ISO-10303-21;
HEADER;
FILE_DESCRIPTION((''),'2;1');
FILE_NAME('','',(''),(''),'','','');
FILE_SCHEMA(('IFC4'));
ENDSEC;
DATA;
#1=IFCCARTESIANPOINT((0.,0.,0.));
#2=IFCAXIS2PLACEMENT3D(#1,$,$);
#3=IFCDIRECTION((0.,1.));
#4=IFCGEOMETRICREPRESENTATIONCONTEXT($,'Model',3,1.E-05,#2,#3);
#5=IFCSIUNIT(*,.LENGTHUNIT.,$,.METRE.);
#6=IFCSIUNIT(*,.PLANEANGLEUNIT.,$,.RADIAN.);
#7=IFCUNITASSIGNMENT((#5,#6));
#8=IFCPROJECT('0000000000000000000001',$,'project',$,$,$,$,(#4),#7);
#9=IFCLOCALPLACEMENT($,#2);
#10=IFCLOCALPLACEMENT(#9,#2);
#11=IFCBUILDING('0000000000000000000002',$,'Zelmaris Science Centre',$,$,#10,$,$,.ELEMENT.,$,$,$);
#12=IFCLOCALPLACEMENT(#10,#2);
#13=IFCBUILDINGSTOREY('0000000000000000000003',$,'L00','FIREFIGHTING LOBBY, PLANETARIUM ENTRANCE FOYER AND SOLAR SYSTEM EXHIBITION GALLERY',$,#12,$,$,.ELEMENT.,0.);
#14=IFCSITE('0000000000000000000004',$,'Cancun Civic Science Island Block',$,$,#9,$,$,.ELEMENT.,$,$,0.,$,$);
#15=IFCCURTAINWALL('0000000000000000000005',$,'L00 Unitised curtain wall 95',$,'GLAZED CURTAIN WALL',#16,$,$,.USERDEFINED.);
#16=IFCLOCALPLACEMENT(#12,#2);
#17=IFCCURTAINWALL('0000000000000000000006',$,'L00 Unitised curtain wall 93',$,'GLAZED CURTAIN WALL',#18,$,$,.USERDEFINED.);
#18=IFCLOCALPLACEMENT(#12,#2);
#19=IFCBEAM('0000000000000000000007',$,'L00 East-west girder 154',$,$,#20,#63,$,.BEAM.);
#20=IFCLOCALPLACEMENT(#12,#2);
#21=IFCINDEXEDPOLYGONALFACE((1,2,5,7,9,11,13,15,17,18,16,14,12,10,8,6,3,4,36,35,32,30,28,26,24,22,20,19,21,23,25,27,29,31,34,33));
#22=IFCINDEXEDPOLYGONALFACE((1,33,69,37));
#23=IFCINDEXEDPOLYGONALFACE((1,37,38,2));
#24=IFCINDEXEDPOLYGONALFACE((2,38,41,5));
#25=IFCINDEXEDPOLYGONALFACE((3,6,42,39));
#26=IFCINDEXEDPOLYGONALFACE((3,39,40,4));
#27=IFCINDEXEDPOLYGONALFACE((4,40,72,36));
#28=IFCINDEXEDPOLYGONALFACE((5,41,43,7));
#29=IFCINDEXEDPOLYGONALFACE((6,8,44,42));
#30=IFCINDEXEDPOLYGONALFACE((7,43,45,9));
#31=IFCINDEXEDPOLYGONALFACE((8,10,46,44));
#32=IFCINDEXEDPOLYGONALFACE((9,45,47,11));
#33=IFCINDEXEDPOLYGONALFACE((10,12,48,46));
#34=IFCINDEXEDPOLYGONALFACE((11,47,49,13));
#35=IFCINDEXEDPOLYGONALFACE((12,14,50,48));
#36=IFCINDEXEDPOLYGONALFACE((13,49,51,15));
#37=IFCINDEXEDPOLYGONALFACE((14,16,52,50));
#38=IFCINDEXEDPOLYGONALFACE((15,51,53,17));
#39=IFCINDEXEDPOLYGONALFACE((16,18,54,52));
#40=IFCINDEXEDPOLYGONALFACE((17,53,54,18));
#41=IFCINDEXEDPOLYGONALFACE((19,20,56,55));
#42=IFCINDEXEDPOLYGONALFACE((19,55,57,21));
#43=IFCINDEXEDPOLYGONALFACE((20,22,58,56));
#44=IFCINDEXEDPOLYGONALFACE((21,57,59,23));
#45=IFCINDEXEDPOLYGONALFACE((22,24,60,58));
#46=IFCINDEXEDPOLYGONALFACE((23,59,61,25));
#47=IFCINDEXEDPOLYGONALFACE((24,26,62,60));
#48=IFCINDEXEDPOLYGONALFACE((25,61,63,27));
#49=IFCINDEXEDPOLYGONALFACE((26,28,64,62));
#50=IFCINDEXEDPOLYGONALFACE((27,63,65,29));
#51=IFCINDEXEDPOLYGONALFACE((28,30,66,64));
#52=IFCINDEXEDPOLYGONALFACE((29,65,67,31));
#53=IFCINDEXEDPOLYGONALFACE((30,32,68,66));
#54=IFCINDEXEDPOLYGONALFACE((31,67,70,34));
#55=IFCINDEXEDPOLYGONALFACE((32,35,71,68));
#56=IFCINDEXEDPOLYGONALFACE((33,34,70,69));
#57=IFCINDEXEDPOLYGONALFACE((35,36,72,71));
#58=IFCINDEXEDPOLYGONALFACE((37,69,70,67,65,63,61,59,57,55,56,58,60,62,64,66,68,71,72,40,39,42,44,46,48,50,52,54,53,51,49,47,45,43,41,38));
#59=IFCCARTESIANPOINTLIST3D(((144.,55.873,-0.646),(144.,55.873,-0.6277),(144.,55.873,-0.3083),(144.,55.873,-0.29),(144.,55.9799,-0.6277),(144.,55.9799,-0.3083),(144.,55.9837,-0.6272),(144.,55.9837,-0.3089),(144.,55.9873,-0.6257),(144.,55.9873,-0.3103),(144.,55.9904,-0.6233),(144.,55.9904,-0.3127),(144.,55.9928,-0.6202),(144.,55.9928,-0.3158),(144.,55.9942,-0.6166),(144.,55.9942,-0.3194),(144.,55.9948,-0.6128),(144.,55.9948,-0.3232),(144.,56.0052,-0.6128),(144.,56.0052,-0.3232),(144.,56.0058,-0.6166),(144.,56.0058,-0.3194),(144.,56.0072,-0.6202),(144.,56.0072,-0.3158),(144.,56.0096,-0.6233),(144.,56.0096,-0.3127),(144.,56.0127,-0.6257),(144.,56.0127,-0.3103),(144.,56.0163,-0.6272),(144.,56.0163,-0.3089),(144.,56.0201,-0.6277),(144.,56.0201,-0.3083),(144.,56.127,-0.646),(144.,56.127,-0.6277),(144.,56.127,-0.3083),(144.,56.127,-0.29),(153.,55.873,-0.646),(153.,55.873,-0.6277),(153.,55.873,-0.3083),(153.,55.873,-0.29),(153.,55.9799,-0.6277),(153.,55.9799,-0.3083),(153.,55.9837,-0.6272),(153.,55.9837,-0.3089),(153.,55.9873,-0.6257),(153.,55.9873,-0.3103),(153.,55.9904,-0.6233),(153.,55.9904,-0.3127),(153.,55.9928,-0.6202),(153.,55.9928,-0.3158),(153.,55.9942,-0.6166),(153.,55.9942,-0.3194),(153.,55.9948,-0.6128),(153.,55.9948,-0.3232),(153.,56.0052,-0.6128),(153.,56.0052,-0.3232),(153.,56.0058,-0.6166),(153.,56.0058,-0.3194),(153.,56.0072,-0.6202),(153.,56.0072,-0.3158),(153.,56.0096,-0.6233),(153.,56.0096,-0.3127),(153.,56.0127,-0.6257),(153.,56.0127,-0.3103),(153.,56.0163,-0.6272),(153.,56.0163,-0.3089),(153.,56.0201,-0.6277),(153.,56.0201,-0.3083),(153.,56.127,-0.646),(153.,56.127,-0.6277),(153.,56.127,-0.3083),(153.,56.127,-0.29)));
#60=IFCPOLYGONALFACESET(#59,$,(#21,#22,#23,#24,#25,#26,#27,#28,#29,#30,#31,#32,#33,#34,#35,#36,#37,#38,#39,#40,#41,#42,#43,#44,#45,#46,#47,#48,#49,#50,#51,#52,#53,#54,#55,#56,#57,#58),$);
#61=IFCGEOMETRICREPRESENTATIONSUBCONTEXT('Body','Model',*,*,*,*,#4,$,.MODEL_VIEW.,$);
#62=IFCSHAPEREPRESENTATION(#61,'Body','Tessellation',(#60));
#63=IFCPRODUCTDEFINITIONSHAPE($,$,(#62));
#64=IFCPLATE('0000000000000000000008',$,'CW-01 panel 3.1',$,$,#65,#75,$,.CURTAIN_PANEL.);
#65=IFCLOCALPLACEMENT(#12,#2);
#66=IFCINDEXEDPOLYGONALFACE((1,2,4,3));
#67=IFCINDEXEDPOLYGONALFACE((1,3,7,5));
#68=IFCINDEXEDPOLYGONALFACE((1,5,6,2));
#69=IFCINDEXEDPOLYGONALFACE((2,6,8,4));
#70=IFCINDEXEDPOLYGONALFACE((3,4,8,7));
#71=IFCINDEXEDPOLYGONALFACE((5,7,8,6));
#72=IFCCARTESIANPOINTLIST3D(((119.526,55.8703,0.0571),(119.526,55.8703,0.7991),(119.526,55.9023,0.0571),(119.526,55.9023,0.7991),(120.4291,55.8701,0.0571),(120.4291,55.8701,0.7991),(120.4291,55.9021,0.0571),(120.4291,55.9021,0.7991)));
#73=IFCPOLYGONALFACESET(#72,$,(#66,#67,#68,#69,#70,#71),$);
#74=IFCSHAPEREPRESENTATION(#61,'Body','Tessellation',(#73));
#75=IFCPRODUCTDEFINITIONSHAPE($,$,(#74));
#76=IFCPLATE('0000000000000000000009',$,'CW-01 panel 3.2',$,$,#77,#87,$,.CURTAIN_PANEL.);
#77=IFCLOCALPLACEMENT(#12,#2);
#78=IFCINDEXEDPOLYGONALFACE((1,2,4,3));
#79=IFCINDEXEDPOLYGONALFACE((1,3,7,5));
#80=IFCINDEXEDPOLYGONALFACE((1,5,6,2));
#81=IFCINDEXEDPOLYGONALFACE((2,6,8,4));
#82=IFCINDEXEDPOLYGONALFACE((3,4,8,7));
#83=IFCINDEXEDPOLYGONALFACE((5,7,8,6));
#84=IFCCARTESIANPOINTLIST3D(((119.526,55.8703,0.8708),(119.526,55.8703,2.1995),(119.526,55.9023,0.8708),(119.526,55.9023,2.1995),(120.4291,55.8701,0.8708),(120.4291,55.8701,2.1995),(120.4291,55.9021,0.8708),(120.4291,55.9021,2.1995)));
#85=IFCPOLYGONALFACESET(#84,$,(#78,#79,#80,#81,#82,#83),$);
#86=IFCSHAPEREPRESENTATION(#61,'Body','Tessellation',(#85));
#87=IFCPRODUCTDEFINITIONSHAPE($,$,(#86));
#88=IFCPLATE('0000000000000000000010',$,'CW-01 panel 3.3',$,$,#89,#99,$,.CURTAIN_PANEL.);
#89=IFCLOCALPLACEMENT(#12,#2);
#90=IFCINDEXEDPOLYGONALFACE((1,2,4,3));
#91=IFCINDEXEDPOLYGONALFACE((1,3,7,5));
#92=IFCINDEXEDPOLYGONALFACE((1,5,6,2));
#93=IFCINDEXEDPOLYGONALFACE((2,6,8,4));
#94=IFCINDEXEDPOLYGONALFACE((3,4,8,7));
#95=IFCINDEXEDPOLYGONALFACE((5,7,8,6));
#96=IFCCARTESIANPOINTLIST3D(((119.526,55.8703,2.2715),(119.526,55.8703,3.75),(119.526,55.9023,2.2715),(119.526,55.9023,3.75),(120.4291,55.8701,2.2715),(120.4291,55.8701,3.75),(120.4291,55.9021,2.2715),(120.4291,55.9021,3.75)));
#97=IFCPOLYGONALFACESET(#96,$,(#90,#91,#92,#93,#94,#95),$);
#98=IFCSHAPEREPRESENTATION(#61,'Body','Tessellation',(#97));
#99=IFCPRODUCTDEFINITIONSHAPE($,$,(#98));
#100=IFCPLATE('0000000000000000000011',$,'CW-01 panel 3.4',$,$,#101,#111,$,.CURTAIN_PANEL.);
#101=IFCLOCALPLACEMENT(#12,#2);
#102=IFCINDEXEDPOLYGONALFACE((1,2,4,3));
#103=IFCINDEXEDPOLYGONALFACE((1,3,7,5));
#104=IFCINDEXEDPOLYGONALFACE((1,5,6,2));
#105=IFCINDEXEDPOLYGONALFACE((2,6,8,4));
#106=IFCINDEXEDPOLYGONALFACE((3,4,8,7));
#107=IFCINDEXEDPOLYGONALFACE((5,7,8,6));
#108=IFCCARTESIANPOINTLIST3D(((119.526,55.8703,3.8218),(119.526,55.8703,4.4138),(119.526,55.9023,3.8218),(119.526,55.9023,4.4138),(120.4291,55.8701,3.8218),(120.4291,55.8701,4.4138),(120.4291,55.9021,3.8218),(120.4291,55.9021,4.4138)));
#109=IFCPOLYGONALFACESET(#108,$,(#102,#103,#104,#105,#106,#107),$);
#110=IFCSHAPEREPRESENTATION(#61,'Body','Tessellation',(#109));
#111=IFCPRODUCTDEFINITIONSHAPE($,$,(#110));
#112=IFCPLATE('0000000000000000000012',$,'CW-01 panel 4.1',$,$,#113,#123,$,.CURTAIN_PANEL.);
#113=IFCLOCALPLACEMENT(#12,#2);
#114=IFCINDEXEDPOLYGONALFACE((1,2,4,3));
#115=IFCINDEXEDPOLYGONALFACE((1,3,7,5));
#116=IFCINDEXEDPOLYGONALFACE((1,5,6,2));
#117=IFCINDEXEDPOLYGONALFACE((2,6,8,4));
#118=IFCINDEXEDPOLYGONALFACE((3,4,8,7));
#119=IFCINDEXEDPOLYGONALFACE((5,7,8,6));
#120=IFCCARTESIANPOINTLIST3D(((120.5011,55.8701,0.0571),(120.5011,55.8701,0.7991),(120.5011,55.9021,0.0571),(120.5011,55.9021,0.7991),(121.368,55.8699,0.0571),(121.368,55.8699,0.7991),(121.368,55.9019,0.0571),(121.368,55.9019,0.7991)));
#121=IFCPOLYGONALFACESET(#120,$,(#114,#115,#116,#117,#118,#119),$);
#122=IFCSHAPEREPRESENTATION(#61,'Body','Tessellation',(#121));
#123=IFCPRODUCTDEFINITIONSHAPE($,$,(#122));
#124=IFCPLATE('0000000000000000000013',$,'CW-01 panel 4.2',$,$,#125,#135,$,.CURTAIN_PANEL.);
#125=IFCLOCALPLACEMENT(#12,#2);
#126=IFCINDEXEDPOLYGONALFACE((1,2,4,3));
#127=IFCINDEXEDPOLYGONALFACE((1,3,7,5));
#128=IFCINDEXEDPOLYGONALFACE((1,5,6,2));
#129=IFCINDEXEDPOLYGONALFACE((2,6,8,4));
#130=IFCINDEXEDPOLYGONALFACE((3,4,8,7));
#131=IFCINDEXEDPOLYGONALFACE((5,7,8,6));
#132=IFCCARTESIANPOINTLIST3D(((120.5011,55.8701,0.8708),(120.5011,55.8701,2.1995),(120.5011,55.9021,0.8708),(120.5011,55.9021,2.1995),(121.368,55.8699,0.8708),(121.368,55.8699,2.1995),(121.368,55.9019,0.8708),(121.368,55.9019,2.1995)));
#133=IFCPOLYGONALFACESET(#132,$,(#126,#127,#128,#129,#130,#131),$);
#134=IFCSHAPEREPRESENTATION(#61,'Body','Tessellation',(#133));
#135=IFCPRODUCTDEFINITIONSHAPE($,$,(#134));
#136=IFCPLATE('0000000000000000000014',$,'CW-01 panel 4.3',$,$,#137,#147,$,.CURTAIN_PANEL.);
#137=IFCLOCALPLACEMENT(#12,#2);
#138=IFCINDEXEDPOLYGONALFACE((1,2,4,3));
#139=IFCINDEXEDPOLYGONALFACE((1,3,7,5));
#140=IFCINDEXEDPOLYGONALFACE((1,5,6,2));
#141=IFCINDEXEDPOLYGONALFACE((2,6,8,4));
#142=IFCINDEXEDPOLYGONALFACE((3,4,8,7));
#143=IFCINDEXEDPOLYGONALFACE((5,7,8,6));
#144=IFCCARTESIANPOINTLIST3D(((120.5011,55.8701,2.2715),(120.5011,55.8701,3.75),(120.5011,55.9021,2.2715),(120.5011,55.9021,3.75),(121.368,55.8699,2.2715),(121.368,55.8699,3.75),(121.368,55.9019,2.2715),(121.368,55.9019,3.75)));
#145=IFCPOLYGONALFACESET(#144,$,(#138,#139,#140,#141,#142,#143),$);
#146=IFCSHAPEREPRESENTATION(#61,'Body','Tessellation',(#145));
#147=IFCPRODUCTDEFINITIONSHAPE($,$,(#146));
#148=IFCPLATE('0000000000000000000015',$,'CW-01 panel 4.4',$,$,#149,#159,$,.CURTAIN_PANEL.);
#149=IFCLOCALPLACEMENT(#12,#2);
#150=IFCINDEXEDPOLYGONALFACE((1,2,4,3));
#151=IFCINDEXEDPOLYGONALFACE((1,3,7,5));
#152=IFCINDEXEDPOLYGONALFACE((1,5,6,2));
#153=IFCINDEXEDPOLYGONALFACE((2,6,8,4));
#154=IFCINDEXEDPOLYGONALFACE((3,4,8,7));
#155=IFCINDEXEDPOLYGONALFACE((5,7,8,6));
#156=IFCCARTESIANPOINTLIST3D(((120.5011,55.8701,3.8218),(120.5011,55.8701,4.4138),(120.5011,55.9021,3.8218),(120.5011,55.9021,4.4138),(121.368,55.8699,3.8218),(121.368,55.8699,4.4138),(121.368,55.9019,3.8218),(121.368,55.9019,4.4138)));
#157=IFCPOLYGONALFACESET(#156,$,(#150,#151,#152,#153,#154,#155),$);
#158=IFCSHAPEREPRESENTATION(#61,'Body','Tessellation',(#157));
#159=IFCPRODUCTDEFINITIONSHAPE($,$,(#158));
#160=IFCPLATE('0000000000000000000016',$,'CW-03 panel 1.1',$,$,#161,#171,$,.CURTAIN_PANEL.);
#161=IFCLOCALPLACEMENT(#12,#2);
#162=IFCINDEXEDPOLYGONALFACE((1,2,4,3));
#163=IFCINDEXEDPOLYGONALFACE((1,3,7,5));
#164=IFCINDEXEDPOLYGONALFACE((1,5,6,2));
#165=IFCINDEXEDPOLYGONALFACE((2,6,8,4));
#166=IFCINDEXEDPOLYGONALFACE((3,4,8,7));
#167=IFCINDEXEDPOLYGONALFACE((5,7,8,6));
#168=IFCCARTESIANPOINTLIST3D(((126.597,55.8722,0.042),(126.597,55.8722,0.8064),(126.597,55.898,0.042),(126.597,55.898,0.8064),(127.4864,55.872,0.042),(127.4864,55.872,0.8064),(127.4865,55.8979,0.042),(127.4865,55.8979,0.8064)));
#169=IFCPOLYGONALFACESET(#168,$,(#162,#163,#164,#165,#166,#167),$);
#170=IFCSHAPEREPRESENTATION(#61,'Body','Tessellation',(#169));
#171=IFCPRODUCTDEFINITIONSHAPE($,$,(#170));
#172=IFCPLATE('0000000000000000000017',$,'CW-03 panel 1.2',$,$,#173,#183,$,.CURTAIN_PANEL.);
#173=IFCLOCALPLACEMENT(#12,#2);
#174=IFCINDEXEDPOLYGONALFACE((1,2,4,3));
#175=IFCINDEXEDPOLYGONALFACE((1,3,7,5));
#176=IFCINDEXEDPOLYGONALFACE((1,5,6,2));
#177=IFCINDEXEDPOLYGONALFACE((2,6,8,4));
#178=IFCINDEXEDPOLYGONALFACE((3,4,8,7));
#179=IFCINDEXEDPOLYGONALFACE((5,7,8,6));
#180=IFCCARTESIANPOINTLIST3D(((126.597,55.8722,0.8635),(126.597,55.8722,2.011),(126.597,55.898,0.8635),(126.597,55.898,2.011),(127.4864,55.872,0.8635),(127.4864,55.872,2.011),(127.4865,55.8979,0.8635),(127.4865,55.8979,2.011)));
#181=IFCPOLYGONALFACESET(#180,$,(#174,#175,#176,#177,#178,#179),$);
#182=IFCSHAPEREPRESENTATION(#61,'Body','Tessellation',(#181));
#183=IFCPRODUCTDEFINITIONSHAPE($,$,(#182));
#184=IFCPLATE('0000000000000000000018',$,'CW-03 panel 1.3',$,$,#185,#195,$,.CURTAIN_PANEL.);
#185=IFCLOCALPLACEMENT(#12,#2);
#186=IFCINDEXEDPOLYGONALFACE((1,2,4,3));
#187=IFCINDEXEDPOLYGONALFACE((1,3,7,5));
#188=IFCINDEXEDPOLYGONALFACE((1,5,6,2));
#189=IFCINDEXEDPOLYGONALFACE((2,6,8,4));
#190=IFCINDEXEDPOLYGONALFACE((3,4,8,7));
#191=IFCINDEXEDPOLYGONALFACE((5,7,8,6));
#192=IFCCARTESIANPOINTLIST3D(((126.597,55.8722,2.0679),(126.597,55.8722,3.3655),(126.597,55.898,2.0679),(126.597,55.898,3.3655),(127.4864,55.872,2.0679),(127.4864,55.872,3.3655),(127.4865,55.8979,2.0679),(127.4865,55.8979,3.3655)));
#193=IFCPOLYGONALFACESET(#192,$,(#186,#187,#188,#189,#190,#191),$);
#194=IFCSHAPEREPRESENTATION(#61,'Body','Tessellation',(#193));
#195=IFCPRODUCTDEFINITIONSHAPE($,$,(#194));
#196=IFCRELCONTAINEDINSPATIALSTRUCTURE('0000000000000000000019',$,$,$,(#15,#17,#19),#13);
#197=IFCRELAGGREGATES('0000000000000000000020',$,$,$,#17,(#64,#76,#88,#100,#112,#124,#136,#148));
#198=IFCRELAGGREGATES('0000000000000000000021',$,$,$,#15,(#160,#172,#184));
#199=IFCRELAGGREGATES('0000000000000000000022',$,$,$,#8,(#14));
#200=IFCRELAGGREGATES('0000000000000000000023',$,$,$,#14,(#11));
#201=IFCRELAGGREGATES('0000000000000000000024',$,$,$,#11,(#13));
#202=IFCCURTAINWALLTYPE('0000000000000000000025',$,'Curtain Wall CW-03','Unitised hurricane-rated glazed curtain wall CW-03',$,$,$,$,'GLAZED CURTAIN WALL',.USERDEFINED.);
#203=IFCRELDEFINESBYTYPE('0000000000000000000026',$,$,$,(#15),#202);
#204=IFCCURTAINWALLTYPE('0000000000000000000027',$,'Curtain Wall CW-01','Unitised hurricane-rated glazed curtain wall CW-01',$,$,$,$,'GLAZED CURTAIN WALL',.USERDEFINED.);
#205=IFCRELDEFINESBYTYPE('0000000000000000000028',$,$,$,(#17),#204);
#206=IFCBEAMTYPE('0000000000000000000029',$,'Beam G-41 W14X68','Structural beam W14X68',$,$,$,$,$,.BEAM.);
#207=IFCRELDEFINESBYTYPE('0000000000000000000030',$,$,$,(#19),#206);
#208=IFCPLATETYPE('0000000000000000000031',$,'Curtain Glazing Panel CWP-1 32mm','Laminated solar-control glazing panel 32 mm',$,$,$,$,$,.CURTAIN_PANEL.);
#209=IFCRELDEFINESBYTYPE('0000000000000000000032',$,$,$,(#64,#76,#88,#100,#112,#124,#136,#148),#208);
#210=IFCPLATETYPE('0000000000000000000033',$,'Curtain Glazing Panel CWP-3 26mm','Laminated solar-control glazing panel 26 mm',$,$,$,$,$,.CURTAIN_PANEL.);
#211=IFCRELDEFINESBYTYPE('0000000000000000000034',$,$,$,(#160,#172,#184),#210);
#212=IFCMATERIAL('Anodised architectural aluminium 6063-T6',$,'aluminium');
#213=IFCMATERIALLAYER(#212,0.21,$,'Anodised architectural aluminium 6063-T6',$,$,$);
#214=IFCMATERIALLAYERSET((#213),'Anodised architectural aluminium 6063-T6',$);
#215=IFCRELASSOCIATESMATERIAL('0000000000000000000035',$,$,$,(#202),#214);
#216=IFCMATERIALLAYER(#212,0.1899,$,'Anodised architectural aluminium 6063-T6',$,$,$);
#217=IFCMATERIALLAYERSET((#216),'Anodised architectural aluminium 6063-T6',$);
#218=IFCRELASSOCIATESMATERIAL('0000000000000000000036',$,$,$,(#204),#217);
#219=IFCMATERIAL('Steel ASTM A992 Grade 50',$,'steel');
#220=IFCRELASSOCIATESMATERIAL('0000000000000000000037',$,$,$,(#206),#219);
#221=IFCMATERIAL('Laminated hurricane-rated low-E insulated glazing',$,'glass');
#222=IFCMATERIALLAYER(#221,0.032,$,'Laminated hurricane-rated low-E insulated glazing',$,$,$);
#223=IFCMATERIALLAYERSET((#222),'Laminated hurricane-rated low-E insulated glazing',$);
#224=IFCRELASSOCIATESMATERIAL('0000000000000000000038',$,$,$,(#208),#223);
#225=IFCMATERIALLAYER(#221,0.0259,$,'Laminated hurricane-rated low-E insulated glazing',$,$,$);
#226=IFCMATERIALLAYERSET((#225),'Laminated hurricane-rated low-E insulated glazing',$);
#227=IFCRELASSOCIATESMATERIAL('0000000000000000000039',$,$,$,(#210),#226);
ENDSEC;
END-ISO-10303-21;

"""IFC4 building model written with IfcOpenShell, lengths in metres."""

from ifc_helpers import new_model, si_unit, direction, frame, origin, origin_2d, place, context, subcontext, project, spatial, rectangle, i_section, extrude, material, layer, layer_set, material_profile, profile_set, type_object, element, aggregate, save


model = new_model("IFC4")

# Units and contexts
model_context = context("Model", 3, precision=1e-05, world=origin(), true_north=direction((0.0, 1.0)))
body_context = subcontext(model_context, "Body", "Model", "MODEL_VIEW")
ifc_project = project(units=[si_unit("LENGTHUNIT", "METRE"), si_unit("PLANEANGLEUNIT", "RADIAN")], contexts=[model_context])

# Site, building, storey
site_placement = place(None, origin())
site = spatial("IfcSite", under=ifc_project, at=site_placement, Name="Cancun Civic Science Island Block", CompositionType="ELEMENT", RefElevation=0.0)
building_placement = place(site_placement, origin())
building = spatial("IfcBuilding", under=site, at=building_placement, Name="Zelmaris Science Centre", CompositionType="ELEMENT")
storey_placement = place(building_placement, origin())
storey = spatial("IfcBuildingStorey", under=building, at=storey_placement, Name="L00", Description="FIREFIGHTING LOBBY, PLANETARIUM ENTRANCE FOYER AND SOLAR SYSTEM EXHIBITION GALLERY", CompositionType="ELEMENT", Elevation=0.0)

# Shared definitions
ifc_material_1 = material(Name="Steel ASTM A992 Grade 50", Category="steel")

# Curtain wall
ifc_material_2 = material(Name="Anodised architectural aluminium 6063-T6", Category="aluminium")
ifc_layer_1 = layer(ifc_material_2, 0.21, Name="Anodised architectural aluminium 6063-T6")
ifc_layer_set_1 = layer_set([ifc_layer_1], Name="Anodised architectural aluminium 6063-T6")
curtain_wall_type_1 = type_object("IfcCurtainWallType", Name="Curtain Wall CW-03", Description="Unitised hurricane-rated glazed curtain wall CW-03", ElementType="GLAZED CURTAIN WALL", PredefinedType="USERDEFINED", material=ifc_layer_set_1)
curtain_wall_1_placement = place(storey_placement, origin())
curtain_wall_1 = element("IfcCurtainWall", 1, at=curtain_wall_1_placement, inside=storey, type_object=curtain_wall_type_1, Name="L00 Unitised curtain wall 95", ObjectType="GLAZED CURTAIN WALL", PredefinedType="USERDEFINED")

# Curtain wall
ifc_layer_2 = layer(ifc_material_2, 0.1899, Name="Anodised architectural aluminium 6063-T6")
ifc_layer_set_2 = layer_set([ifc_layer_2], Name="Anodised architectural aluminium 6063-T6")
curtain_wall_type_2 = type_object("IfcCurtainWallType", Name="Curtain Wall CW-01", Description="Unitised hurricane-rated glazed curtain wall CW-01", ElementType="GLAZED CURTAIN WALL", PredefinedType="USERDEFINED", material=ifc_layer_set_2)
curtain_wall_2_placement = place(storey_placement, origin())
curtain_wall_2 = element("IfcCurtainWall", 2, at=curtain_wall_2_placement, inside=storey, type_object=curtain_wall_type_2, Name="L00 Unitised curtain wall 93", ObjectType="GLAZED CURTAIN WALL", PredefinedType="USERDEFINED")

# Beam
ifc_material_profile_1 = material_profile(ifc_material_1, i_section(OverallWidth=0.2539, OverallDepth=0.356, WebThickness=0.0105, FlangeThickness=0.0183, FilletRadius=0.0149, at=origin_2d()), Name="W14X68")
ifc_profile_set_1 = profile_set([ifc_material_profile_1], Name="Steel ASTM A992 Grade 50")
beam_type_1 = type_object("IfcBeamType", Name="Beam G-41 W14X68", Description="Structural beam W14X68", PredefinedType="BEAM", material=ifc_profile_set_1)
beam_1_placement = place(storey_placement, frame((144.0, 56.0, -0.468), z_axis=(1.0, 0.0, 0.0), x_axis=(0.0, 1.0, 0.0)))
element("IfcBeam", 3, at=beam_1_placement, inside=storey, type_object=beam_type_1, Name="L00 East-west girder 154", PredefinedType="BEAM", context=body_context, shape_type="SweptSolid", body=[
    extrude(i_section(OverallWidth=0.2539, OverallDepth=0.356, WebThickness=0.0105, FlangeThickness=0.0183, FilletRadius=0.0149, at=origin_2d()), origin(), (0.0, 0.0, 1.0), 9.0),
])

# Plates
ifc_material_3 = material(Name="Laminated hurricane-rated low-E insulated glazing", Category="glass")
ifc_layer_3 = layer(ifc_material_3, 0.032, Name="Laminated hurricane-rated low-E insulated glazing")
ifc_layer_set_3 = layer_set([ifc_layer_3], Name="Laminated hurricane-rated low-E insulated glazing")
plate_type_1 = type_object("IfcPlateType", Name="Curtain Glazing Panel CWP-1 32mm", Description="Laminated solar-control glazing panel 32 mm", PredefinedType="CURTAIN_PANEL", material=ifc_layer_set_3)
plate_1_placement = place(storey_placement, frame((119.9775, 55.8862, 0.0571), z_axis=(0.0, 0.0, 1.0), x_axis=(1.0, -0.000205, 0.0)))
plate_1 = element("IfcPlate", 4, at=plate_1_placement, type_object=plate_type_1, Name="CW-01 panel 3.1", PredefinedType="CURTAIN_PANEL", context=body_context, shape_type="SweptSolid", body=[
    extrude(rectangle(XDim=0.9031, YDim=0.032, at=origin_2d()), origin(), (0.0, 0.0, 1.0), 0.7419),
])
plate_2_placement = place(storey_placement, frame((119.9775, 55.8862, 0.8708), z_axis=(0.0, 0.0, 1.0), x_axis=(1.0, -0.000205, 0.0)))
plate_2 = element("IfcPlate", 5, at=plate_2_placement, type_object=plate_type_1, Name="CW-01 panel 3.2", PredefinedType="CURTAIN_PANEL", context=body_context, shape_type="SweptSolid", body=[
    extrude(rectangle(XDim=0.9031, YDim=0.032, at=origin_2d()), origin(), (0.0, 0.0, 1.0), 1.3286),
])
plate_3_placement = place(storey_placement, frame((119.9775, 55.8862, 2.2715), z_axis=(0.0, 0.0, 1.0), x_axis=(1.0, -0.000205, 0.0)))
plate_3 = element("IfcPlate", 6, at=plate_3_placement, type_object=plate_type_1, Name="CW-01 panel 3.3", PredefinedType="CURTAIN_PANEL", context=body_context, shape_type="SweptSolid", body=[
    extrude(rectangle(XDim=0.9031, YDim=0.032, at=origin_2d()), origin(), (0.0, 0.0, 1.0), 1.4785),
])
plate_4_placement = place(storey_placement, frame((119.9775, 55.8862, 3.8218), z_axis=(0.0, 0.0, 1.0), x_axis=(1.0, -0.000205, 0.0)))
plate_4 = element("IfcPlate", 7, at=plate_4_placement, type_object=plate_type_1, Name="CW-01 panel 3.4", PredefinedType="CURTAIN_PANEL", context=body_context, shape_type="SweptSolid", body=[
    extrude(rectangle(XDim=0.9031, YDim=0.032, at=origin_2d()), origin(), (0.0, 0.0, 1.0), 0.592),
])
plate_5_placement = place(storey_placement, frame((120.9346, 55.886, 0.0571), z_axis=(0.0, 0.0, 1.0), x_axis=(1.0, -0.000205, 0.0)))
plate_5 = element("IfcPlate", 8, at=plate_5_placement, type_object=plate_type_1, Name="CW-01 panel 4.1", PredefinedType="CURTAIN_PANEL", context=body_context, shape_type="SweptSolid", body=[
    extrude(rectangle(XDim=0.8669, YDim=0.032, at=origin_2d()), origin(), (0.0, 0.0, 1.0), 0.7419),
])
plate_6_placement = place(storey_placement, frame((120.9346, 55.886, 0.8708), z_axis=(0.0, 0.0, 1.0), x_axis=(1.0, -0.000205, 0.0)))
plate_6 = element("IfcPlate", 9, at=plate_6_placement, type_object=plate_type_1, Name="CW-01 panel 4.2", PredefinedType="CURTAIN_PANEL", context=body_context, shape_type="SweptSolid", body=[
    extrude(rectangle(XDim=0.8669, YDim=0.032, at=origin_2d()), origin(), (0.0, 0.0, 1.0), 1.3286),
])
plate_7_placement = place(storey_placement, frame((120.9346, 55.886, 2.2715), z_axis=(0.0, 0.0, 1.0), x_axis=(1.0, -0.000205, 0.0)))
plate_7 = element("IfcPlate", 10, at=plate_7_placement, type_object=plate_type_1, Name="CW-01 panel 4.3", PredefinedType="CURTAIN_PANEL", context=body_context, shape_type="SweptSolid", body=[
    extrude(rectangle(XDim=0.8669, YDim=0.032, at=origin_2d()), origin(), (0.0, 0.0, 1.0), 1.4785),
])
plate_8_placement = place(storey_placement, frame((120.9346, 55.886, 3.8218), z_axis=(0.0, 0.0, 1.0), x_axis=(1.0, -0.000205, 0.0)))
plate_8 = element("IfcPlate", 11, at=plate_8_placement, type_object=plate_type_1, Name="CW-01 panel 4.4", PredefinedType="CURTAIN_PANEL", context=body_context, shape_type="SweptSolid", body=[
    extrude(rectangle(XDim=0.8669, YDim=0.032, at=origin_2d()), origin(), (0.0, 0.0, 1.0), 0.592),
])
aggregate(curtain_wall_2, [plate_1, plate_2, plate_3, plate_4, plate_5, plate_6, plate_7, plate_8])
ifc_layer_4 = layer(ifc_material_3, 0.0259, Name="Laminated hurricane-rated low-E insulated glazing")
ifc_layer_set_4 = layer_set([ifc_layer_4], Name="Laminated hurricane-rated low-E insulated glazing")
plate_type_2 = type_object("IfcPlateType", Name="Curtain Glazing Panel CWP-3 26mm", Description="Laminated solar-control glazing panel 26 mm", PredefinedType="CURTAIN_PANEL", material=ifc_layer_set_4)
plate_9_placement = place(storey_placement, frame((127.0417, 55.885, 0.042), z_axis=(0.0, 0.0, 1.0), x_axis=(1.0, -0.000205, 0.0)))
plate_9 = element("IfcPlate", 12, at=plate_9_placement, type_object=plate_type_2, Name="CW-03 panel 1.1", PredefinedType="CURTAIN_PANEL", context=body_context, shape_type="SweptSolid", body=[
    extrude(rectangle(XDim=0.8894, YDim=0.0259, at=origin_2d()), origin(), (0.0, 0.0, 1.0), 0.7644),
])
plate_10_placement = place(storey_placement, frame((127.0417, 55.885, 0.8635), z_axis=(0.0, 0.0, 1.0), x_axis=(1.0, -0.000205, 0.0)))
plate_10 = element("IfcPlate", 13, at=plate_10_placement, type_object=plate_type_2, Name="CW-03 panel 1.2", PredefinedType="CURTAIN_PANEL", context=body_context, shape_type="SweptSolid", body=[
    extrude(rectangle(XDim=0.8894, YDim=0.0259, at=origin_2d()), origin(), (0.0, 0.0, 1.0), 1.1475),
])
plate_11_placement = place(storey_placement, frame((127.0417, 55.885, 2.0679), z_axis=(0.0, 0.0, 1.0), x_axis=(1.0, -0.000205, 0.0)))
plate_11 = element("IfcPlate", 14, at=plate_11_placement, type_object=plate_type_2, Name="CW-03 panel 1.3", PredefinedType="CURTAIN_PANEL", context=body_context, shape_type="SweptSolid", body=[
    extrude(rectangle(XDim=0.8894, YDim=0.0259, at=origin_2d()), origin(), (0.0, 0.0, 1.0), 1.2976),
])
aggregate(curtain_wall_1, [plate_9, plate_10, plate_11])

save(model, "model.ifc")
